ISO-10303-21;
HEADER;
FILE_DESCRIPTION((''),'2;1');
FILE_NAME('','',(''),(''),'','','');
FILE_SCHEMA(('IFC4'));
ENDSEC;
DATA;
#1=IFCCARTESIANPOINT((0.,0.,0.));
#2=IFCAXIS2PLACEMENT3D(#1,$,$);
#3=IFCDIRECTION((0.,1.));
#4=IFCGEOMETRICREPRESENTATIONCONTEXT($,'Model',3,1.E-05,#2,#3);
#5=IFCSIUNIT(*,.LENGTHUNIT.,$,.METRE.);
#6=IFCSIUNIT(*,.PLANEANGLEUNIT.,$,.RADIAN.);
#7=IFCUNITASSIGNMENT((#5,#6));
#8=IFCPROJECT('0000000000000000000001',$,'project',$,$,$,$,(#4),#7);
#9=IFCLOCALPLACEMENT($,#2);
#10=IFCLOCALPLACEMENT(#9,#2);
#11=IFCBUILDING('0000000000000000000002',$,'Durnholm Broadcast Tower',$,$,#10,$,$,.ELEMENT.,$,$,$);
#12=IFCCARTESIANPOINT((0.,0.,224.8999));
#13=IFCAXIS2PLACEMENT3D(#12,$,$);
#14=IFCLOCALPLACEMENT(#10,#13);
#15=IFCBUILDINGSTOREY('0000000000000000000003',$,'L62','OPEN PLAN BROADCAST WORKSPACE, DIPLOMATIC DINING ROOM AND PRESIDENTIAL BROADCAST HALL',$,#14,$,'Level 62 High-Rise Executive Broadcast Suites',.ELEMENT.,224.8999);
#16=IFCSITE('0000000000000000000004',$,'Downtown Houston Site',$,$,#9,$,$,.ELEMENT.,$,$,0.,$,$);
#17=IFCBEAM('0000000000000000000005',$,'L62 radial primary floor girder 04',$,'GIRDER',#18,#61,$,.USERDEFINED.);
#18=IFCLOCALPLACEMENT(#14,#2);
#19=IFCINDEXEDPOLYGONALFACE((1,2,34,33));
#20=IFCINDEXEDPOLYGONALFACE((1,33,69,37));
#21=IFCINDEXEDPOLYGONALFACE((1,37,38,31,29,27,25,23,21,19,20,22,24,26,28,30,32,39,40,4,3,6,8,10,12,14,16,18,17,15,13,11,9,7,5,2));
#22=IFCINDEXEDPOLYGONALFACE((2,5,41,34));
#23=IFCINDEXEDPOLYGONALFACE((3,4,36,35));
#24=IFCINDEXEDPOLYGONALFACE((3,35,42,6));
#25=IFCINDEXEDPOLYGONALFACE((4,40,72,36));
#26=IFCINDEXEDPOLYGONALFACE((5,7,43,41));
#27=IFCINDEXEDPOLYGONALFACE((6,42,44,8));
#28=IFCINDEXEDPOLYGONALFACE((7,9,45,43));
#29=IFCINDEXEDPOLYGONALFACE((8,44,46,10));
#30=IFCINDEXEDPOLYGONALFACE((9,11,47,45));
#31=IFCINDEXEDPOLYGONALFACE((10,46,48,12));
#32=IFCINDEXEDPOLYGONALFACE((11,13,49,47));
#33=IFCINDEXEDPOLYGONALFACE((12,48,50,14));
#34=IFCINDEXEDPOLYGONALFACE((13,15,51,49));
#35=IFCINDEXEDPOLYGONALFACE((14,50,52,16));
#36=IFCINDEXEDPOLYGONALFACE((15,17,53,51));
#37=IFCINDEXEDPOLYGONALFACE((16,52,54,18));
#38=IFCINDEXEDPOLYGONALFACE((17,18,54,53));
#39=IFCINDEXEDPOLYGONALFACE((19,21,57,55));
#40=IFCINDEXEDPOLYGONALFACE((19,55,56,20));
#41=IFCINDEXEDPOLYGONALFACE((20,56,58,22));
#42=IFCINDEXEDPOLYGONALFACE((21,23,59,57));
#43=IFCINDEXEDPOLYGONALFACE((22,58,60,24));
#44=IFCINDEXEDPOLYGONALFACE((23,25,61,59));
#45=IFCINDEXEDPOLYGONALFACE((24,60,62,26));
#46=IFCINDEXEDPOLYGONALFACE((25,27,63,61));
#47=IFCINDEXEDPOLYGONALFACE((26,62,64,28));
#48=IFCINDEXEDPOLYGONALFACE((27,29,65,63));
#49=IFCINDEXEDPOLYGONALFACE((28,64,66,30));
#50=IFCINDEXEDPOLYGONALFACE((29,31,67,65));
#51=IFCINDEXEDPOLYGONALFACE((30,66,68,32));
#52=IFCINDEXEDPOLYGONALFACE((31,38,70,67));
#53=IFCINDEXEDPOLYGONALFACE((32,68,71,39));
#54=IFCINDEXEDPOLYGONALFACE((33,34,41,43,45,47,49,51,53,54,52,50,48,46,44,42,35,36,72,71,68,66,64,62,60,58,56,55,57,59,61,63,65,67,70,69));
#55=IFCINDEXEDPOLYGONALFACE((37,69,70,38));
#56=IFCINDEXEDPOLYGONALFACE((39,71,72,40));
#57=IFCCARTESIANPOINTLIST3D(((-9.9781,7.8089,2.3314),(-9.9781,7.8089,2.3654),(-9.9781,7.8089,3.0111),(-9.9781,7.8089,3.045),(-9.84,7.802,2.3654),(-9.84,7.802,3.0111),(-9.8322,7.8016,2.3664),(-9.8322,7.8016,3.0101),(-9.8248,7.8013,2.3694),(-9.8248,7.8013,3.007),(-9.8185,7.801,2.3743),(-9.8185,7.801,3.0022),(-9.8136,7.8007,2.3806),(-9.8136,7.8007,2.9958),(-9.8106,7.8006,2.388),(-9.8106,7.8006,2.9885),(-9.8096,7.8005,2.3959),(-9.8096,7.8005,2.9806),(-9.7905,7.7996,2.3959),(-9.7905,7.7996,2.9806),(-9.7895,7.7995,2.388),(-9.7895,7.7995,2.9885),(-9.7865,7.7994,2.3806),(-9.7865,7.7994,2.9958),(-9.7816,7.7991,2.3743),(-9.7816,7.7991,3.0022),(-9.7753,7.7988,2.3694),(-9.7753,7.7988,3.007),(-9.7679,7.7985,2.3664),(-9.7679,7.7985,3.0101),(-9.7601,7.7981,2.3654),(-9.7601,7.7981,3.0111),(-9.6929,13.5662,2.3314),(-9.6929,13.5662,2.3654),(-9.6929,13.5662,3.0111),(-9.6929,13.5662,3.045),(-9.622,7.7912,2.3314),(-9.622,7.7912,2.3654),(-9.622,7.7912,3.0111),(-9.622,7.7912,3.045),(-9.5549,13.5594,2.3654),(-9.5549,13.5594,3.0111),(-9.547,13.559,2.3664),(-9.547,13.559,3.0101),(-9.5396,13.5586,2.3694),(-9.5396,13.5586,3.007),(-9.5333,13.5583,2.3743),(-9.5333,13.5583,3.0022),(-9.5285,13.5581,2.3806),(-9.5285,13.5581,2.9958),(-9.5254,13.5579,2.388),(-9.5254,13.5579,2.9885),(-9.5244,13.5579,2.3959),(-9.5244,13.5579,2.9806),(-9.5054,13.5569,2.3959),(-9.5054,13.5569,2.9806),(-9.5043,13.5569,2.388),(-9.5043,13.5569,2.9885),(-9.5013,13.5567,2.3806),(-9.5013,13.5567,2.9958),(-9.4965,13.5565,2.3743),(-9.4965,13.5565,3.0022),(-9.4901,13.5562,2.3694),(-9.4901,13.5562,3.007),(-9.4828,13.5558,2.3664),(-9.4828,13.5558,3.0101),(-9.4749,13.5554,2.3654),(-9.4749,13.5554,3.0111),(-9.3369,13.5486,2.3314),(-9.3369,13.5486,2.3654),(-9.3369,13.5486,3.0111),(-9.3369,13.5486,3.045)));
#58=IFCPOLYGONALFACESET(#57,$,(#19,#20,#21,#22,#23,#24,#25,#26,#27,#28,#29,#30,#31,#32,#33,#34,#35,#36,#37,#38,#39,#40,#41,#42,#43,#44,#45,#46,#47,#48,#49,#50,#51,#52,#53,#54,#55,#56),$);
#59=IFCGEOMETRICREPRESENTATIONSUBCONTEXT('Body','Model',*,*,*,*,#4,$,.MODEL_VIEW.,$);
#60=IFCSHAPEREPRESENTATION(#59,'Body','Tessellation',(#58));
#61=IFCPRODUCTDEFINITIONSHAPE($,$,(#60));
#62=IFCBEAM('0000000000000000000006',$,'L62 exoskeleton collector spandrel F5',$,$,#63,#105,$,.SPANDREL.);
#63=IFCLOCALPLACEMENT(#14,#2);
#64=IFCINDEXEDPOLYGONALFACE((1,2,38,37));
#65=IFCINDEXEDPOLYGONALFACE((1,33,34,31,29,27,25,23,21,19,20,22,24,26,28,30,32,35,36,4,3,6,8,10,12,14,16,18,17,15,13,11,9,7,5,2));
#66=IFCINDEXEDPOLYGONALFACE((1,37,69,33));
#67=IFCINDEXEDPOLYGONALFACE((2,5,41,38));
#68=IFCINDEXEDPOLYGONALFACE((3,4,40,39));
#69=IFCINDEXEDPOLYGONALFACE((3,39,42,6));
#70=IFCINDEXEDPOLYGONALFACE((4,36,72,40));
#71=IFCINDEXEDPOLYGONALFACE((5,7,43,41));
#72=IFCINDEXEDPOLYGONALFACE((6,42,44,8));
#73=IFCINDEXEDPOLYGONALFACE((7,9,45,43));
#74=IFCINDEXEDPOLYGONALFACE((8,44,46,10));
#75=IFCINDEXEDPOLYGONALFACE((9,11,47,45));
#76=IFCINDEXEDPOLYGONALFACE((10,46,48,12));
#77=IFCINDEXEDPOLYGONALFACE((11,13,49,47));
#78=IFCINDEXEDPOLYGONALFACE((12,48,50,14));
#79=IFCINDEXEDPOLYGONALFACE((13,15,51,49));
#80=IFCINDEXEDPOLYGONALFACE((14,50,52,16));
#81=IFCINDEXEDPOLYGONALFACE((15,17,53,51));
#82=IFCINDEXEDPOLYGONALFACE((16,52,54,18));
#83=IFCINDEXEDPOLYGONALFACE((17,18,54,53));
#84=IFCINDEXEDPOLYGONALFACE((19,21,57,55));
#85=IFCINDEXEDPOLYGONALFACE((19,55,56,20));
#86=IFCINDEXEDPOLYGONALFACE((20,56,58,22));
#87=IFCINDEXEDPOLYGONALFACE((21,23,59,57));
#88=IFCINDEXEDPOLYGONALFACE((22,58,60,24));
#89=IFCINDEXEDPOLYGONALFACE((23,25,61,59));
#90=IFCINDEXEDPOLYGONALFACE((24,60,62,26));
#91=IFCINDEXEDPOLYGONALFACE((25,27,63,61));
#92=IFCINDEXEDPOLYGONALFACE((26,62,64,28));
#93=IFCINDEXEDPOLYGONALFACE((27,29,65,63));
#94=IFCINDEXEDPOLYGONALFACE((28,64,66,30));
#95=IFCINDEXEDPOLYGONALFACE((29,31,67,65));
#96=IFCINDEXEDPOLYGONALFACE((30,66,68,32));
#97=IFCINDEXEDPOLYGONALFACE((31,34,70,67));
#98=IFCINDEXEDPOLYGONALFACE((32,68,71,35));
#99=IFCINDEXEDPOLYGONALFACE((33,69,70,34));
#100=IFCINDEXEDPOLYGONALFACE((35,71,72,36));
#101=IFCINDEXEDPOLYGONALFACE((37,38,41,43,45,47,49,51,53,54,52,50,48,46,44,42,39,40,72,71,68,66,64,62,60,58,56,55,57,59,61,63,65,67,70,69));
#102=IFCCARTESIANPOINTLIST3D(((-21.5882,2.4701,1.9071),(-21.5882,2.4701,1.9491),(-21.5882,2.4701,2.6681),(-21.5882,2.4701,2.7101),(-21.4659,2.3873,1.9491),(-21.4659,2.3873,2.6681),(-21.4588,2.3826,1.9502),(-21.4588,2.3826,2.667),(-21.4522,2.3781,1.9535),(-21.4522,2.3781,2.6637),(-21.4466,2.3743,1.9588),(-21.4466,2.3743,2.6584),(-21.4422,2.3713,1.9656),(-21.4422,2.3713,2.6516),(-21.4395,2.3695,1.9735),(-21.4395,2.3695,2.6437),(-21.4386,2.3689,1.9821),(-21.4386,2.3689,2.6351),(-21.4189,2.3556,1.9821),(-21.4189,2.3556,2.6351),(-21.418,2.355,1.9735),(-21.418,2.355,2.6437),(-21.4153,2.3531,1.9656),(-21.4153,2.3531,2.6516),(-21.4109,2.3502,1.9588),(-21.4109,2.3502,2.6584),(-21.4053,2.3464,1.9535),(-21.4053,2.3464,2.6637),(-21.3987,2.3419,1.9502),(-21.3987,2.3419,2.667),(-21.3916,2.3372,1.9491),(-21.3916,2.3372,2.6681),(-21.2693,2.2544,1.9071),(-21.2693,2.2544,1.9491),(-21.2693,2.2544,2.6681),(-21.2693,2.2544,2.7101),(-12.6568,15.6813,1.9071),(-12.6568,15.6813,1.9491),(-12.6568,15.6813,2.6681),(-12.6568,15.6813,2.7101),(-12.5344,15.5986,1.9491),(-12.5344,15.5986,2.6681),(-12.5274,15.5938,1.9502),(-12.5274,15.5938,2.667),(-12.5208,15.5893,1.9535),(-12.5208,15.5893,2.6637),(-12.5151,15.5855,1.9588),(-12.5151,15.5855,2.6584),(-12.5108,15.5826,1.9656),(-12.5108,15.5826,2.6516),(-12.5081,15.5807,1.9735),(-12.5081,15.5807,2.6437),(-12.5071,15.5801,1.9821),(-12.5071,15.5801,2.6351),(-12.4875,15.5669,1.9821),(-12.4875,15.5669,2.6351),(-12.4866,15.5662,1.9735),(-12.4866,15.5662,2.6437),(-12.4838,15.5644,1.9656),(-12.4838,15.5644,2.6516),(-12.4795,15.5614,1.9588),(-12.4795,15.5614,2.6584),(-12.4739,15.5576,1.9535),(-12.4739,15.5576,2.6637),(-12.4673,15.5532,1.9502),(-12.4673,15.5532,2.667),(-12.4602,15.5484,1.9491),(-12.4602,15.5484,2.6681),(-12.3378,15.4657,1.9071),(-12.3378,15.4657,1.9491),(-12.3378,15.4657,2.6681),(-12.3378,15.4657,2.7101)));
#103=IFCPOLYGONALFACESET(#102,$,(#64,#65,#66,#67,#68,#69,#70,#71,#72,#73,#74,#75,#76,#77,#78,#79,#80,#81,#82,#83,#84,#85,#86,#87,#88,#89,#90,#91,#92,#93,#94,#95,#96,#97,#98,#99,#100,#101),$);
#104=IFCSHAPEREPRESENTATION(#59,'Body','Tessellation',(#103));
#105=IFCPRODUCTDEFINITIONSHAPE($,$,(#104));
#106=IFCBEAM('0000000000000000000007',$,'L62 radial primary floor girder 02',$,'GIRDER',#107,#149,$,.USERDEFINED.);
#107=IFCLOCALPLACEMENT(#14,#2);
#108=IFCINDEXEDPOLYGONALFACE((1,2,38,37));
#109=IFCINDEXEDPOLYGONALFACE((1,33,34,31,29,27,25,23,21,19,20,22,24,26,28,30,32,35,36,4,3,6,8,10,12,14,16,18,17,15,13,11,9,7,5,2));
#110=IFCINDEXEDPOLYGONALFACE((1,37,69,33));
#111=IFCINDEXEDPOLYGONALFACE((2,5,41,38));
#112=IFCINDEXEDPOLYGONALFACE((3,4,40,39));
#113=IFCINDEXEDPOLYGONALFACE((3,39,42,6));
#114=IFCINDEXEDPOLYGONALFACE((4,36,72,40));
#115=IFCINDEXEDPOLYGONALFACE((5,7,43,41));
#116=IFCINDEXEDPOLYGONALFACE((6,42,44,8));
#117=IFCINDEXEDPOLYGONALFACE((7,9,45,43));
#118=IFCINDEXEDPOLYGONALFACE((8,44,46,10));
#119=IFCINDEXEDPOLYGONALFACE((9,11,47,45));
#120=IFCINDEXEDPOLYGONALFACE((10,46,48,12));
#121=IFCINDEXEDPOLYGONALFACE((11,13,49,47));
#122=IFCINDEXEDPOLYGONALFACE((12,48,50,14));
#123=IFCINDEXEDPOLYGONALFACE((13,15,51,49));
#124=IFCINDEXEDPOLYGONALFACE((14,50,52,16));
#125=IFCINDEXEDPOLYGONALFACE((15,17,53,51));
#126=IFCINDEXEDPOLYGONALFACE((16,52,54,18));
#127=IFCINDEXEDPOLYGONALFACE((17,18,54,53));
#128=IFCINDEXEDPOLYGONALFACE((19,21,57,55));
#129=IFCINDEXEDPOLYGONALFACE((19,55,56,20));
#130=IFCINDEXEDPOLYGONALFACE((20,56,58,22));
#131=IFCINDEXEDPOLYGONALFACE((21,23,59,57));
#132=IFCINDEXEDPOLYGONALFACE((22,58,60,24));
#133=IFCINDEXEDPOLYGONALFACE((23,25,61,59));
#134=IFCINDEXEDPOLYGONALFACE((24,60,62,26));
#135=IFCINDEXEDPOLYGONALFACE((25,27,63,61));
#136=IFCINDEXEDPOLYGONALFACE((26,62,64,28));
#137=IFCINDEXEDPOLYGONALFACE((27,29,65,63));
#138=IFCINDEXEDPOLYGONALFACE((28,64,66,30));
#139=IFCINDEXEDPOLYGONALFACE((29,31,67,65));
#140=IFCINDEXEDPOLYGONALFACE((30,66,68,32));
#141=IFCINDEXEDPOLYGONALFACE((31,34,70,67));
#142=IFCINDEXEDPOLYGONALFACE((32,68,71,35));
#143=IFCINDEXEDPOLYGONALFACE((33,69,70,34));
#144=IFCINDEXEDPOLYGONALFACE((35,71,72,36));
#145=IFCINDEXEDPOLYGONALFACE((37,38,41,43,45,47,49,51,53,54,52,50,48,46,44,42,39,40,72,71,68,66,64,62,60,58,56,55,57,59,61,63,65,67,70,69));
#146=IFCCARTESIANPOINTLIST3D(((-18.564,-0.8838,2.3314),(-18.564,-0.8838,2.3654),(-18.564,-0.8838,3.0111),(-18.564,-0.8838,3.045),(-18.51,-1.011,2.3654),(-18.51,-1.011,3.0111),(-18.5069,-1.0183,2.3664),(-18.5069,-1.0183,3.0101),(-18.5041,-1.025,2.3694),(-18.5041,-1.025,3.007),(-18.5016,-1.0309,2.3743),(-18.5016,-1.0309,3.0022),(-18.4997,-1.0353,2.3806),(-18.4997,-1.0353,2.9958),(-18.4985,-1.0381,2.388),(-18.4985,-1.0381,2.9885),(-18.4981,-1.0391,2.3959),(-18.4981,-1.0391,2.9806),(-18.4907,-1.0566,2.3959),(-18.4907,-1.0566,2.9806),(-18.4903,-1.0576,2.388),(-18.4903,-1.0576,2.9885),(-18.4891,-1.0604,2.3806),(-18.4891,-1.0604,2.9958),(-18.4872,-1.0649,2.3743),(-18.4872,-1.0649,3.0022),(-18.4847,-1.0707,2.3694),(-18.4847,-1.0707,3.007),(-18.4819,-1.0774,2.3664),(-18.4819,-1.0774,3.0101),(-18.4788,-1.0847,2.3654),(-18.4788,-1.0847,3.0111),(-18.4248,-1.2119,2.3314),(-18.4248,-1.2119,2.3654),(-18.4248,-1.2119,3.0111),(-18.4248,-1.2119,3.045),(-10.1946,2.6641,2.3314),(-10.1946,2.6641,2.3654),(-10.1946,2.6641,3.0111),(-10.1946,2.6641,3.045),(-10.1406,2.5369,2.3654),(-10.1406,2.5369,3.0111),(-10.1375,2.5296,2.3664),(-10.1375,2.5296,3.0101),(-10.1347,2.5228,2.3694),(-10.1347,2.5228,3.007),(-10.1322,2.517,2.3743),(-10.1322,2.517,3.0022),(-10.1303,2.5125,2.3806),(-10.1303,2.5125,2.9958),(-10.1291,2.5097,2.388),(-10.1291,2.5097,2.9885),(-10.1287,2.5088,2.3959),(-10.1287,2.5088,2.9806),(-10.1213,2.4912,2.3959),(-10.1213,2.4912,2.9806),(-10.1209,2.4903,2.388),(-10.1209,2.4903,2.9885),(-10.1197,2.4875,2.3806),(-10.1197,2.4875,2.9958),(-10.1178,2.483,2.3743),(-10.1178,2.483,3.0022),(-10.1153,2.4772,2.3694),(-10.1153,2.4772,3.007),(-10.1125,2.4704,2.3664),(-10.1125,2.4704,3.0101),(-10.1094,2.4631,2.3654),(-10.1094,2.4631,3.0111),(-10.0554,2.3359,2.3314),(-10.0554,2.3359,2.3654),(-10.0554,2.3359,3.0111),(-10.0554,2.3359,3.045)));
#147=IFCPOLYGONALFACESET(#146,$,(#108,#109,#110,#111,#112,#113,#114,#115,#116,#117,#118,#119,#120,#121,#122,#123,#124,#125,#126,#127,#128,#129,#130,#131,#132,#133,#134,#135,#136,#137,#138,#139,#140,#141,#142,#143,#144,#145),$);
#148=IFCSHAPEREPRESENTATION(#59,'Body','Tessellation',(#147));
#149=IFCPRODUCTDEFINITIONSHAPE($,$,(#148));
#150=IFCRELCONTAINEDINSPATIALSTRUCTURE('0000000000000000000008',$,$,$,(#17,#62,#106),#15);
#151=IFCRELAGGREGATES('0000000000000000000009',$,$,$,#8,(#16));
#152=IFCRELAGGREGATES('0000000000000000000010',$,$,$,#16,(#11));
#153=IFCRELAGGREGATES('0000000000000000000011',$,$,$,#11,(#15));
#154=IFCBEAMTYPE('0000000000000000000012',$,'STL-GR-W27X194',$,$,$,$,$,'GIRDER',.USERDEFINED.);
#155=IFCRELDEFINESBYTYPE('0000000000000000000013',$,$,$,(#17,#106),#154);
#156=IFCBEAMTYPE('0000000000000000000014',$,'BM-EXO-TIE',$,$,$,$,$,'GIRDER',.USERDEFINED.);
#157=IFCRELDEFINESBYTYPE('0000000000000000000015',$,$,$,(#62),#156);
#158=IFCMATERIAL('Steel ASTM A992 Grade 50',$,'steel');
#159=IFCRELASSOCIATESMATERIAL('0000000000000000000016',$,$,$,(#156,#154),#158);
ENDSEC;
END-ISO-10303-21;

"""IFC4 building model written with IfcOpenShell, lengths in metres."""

from ifc_helpers import new_model, si_unit, direction, frame, origin, origin_2d, place, context, subcontext, project, spatial, i_section, extrude, source, transform, mapped, material, material_profile, profile_set, type_object, element, save


model = new_model("IFC4")

# Units and contexts
model_context = context("Model", 3, precision=1e-05, world=origin(), true_north=direction((0.0, 1.0)))
body_context = subcontext(model_context, "Body", "Model", "MODEL_VIEW")
ifc_project = project(units=[si_unit("LENGTHUNIT", "METRE"), si_unit("PLANEANGLEUNIT", "RADIAN")], contexts=[model_context])

# Site, building, storey
site_placement = place(None, origin())
site = spatial("IfcSite", under=ifc_project, at=site_placement, Name="Downtown Houston Site", CompositionType="ELEMENT", RefElevation=0.0)
building_placement = place(site_placement, origin())
building = spatial("IfcBuilding", under=site, at=building_placement, Name="Durnholm Broadcast Tower", CompositionType="ELEMENT")
storey_placement = place(building_placement, frame((0.0, 0.0, 224.8999)))
storey = spatial("IfcBuildingStorey", under=building, at=storey_placement, Name="L62", Description="OPEN PLAN BROADCAST WORKSPACE, DIPLOMATIC DINING ROOM AND PRESIDENTIAL BROADCAST HALL", LongName="Level 62 High-Rise Executive Broadcast Suites", CompositionType="ELEMENT", Elevation=224.8999)

# Beams
ifc_material_1 = material(Name="Steel ASTM A992 Grade 50", Category="steel")
ifc_material_profile_1 = material_profile(ifc_material_1, i_section(OverallWidth=0.385, OverallDepth=0.803, WebThickness=0.0237, FlangeThickness=0.042, FilletRadius=0.033, at=origin_2d()), Name="W30X261")
ifc_profile_set_1 = profile_set([ifc_material_profile_1], Name="Steel ASTM A992 Grade 50")
beam_type_1 = type_object("IfcBeamType", Name="BM-EXO-TIE", ElementType="GIRDER", PredefinedType="USERDEFINED", material=ifc_profile_set_1)
ifc_material_profile_2 = material_profile(ifc_material_1, i_section(OverallWidth=0.3564, OverallDepth=0.7136, WebThickness=0.019, FlangeThickness=0.0339, FilletRadius=0.0305, at=origin_2d()), Name="W27X194")
ifc_profile_set_2 = profile_set([ifc_material_profile_2], Name="Steel ASTM A992 Grade 50")
beam_type_2 = type_object("IfcBeamType", Name="STL-GR-W27X194", ElementType="GIRDER", PredefinedType="USERDEFINED", material=ifc_profile_set_2)
shared_shape_1 = source(origin(), body_context, "Body", "SweptSolid", [
    extrude(i_section(OverallWidth=0.3564, OverallDepth=0.7136, WebThickness=0.019, FlangeThickness=0.0339, FilletRadius=0.0305, at=origin_2d()), origin(), (0.0, 0.0, 1.0), 5.7644),
])
beam_1_placement = place(storey_placement, frame((-9.8, 7.8, 2.6882), z_axis=(0.049469, 0.998776, 0.0), x_axis=(-0.998776, 0.049469, 0.0)))
element("IfcBeam", 1, at=beam_1_placement, inside=storey, type_object=beam_type_2, Name="L62 radial primary floor girder 04", ObjectType="GIRDER", PredefinedType="USERDEFINED", context=body_context, shape_type="MappedRepresentation", body=[
    mapped(shared_shape_1, transform((0.0, 0.0, 0.0), x_axis=(1.0, 0.0, 0.0), y_axis=(0.0, 1.0, 0.0), z_axis=(0.0, 0.0, 1.0), scale=1.0)),
])
shared_shape_2 = source(origin(), body_context, "Body", "SweptSolid", [
    extrude(i_section(OverallWidth=0.385, OverallDepth=0.803, WebThickness=0.0237, FlangeThickness=0.042, FilletRadius=0.033, at=origin_2d()), origin(), (0.0, 0.0, 1.0), 15.947),
])
beam_2_placement = place(storey_placement, frame((-12.4973, 15.5735, 2.3086), z_axis=(-0.560069, -0.828446, 0.0), x_axis=(0.828446, -0.560069, 0.0)))
element("IfcBeam", 2, at=beam_2_placement, inside=storey, type_object=beam_type_1, Name="L62 exoskeleton collector spandrel F5", PredefinedType="SPANDREL", context=body_context, shape_type="MappedRepresentation", body=[
    mapped(shared_shape_2, transform((0.0, 0.0, 0.0), x_axis=(1.0, 0.0, 0.0), y_axis=(0.0, 1.0, 0.0), z_axis=(0.0, 0.0, 1.0), scale=1.0)),
])
shared_shape_3 = source(origin(), body_context, "Body", "SweptSolid", [
    extrude(i_section(OverallWidth=0.3564, OverallDepth=0.7136, WebThickness=0.019, FlangeThickness=0.0339, FilletRadius=0.0305, at=origin_2d()), origin(), (0.0, 0.0, 1.0), 9.0903),
])
beam_3_placement = place(storey_placement, frame((-10.125, 2.5, 2.6882), z_axis=(-0.920692, -0.390289, 0.0), x_axis=(0.390289, -0.920692, 0.0)))
element("IfcBeam", 3, at=beam_3_placement, inside=storey, type_object=beam_type_2, Name="L62 radial primary floor girder 02", ObjectType="GIRDER", PredefinedType="USERDEFINED", context=body_context, shape_type="MappedRepresentation", body=[
    mapped(shared_shape_3, transform((0.0, 0.0, 0.0), x_axis=(1.0, 0.0, 0.0), y_axis=(0.0, 1.0, 0.0), z_axis=(0.0, 0.0, 1.0), scale=1.0)),
])

save(model, "model.ifc")
